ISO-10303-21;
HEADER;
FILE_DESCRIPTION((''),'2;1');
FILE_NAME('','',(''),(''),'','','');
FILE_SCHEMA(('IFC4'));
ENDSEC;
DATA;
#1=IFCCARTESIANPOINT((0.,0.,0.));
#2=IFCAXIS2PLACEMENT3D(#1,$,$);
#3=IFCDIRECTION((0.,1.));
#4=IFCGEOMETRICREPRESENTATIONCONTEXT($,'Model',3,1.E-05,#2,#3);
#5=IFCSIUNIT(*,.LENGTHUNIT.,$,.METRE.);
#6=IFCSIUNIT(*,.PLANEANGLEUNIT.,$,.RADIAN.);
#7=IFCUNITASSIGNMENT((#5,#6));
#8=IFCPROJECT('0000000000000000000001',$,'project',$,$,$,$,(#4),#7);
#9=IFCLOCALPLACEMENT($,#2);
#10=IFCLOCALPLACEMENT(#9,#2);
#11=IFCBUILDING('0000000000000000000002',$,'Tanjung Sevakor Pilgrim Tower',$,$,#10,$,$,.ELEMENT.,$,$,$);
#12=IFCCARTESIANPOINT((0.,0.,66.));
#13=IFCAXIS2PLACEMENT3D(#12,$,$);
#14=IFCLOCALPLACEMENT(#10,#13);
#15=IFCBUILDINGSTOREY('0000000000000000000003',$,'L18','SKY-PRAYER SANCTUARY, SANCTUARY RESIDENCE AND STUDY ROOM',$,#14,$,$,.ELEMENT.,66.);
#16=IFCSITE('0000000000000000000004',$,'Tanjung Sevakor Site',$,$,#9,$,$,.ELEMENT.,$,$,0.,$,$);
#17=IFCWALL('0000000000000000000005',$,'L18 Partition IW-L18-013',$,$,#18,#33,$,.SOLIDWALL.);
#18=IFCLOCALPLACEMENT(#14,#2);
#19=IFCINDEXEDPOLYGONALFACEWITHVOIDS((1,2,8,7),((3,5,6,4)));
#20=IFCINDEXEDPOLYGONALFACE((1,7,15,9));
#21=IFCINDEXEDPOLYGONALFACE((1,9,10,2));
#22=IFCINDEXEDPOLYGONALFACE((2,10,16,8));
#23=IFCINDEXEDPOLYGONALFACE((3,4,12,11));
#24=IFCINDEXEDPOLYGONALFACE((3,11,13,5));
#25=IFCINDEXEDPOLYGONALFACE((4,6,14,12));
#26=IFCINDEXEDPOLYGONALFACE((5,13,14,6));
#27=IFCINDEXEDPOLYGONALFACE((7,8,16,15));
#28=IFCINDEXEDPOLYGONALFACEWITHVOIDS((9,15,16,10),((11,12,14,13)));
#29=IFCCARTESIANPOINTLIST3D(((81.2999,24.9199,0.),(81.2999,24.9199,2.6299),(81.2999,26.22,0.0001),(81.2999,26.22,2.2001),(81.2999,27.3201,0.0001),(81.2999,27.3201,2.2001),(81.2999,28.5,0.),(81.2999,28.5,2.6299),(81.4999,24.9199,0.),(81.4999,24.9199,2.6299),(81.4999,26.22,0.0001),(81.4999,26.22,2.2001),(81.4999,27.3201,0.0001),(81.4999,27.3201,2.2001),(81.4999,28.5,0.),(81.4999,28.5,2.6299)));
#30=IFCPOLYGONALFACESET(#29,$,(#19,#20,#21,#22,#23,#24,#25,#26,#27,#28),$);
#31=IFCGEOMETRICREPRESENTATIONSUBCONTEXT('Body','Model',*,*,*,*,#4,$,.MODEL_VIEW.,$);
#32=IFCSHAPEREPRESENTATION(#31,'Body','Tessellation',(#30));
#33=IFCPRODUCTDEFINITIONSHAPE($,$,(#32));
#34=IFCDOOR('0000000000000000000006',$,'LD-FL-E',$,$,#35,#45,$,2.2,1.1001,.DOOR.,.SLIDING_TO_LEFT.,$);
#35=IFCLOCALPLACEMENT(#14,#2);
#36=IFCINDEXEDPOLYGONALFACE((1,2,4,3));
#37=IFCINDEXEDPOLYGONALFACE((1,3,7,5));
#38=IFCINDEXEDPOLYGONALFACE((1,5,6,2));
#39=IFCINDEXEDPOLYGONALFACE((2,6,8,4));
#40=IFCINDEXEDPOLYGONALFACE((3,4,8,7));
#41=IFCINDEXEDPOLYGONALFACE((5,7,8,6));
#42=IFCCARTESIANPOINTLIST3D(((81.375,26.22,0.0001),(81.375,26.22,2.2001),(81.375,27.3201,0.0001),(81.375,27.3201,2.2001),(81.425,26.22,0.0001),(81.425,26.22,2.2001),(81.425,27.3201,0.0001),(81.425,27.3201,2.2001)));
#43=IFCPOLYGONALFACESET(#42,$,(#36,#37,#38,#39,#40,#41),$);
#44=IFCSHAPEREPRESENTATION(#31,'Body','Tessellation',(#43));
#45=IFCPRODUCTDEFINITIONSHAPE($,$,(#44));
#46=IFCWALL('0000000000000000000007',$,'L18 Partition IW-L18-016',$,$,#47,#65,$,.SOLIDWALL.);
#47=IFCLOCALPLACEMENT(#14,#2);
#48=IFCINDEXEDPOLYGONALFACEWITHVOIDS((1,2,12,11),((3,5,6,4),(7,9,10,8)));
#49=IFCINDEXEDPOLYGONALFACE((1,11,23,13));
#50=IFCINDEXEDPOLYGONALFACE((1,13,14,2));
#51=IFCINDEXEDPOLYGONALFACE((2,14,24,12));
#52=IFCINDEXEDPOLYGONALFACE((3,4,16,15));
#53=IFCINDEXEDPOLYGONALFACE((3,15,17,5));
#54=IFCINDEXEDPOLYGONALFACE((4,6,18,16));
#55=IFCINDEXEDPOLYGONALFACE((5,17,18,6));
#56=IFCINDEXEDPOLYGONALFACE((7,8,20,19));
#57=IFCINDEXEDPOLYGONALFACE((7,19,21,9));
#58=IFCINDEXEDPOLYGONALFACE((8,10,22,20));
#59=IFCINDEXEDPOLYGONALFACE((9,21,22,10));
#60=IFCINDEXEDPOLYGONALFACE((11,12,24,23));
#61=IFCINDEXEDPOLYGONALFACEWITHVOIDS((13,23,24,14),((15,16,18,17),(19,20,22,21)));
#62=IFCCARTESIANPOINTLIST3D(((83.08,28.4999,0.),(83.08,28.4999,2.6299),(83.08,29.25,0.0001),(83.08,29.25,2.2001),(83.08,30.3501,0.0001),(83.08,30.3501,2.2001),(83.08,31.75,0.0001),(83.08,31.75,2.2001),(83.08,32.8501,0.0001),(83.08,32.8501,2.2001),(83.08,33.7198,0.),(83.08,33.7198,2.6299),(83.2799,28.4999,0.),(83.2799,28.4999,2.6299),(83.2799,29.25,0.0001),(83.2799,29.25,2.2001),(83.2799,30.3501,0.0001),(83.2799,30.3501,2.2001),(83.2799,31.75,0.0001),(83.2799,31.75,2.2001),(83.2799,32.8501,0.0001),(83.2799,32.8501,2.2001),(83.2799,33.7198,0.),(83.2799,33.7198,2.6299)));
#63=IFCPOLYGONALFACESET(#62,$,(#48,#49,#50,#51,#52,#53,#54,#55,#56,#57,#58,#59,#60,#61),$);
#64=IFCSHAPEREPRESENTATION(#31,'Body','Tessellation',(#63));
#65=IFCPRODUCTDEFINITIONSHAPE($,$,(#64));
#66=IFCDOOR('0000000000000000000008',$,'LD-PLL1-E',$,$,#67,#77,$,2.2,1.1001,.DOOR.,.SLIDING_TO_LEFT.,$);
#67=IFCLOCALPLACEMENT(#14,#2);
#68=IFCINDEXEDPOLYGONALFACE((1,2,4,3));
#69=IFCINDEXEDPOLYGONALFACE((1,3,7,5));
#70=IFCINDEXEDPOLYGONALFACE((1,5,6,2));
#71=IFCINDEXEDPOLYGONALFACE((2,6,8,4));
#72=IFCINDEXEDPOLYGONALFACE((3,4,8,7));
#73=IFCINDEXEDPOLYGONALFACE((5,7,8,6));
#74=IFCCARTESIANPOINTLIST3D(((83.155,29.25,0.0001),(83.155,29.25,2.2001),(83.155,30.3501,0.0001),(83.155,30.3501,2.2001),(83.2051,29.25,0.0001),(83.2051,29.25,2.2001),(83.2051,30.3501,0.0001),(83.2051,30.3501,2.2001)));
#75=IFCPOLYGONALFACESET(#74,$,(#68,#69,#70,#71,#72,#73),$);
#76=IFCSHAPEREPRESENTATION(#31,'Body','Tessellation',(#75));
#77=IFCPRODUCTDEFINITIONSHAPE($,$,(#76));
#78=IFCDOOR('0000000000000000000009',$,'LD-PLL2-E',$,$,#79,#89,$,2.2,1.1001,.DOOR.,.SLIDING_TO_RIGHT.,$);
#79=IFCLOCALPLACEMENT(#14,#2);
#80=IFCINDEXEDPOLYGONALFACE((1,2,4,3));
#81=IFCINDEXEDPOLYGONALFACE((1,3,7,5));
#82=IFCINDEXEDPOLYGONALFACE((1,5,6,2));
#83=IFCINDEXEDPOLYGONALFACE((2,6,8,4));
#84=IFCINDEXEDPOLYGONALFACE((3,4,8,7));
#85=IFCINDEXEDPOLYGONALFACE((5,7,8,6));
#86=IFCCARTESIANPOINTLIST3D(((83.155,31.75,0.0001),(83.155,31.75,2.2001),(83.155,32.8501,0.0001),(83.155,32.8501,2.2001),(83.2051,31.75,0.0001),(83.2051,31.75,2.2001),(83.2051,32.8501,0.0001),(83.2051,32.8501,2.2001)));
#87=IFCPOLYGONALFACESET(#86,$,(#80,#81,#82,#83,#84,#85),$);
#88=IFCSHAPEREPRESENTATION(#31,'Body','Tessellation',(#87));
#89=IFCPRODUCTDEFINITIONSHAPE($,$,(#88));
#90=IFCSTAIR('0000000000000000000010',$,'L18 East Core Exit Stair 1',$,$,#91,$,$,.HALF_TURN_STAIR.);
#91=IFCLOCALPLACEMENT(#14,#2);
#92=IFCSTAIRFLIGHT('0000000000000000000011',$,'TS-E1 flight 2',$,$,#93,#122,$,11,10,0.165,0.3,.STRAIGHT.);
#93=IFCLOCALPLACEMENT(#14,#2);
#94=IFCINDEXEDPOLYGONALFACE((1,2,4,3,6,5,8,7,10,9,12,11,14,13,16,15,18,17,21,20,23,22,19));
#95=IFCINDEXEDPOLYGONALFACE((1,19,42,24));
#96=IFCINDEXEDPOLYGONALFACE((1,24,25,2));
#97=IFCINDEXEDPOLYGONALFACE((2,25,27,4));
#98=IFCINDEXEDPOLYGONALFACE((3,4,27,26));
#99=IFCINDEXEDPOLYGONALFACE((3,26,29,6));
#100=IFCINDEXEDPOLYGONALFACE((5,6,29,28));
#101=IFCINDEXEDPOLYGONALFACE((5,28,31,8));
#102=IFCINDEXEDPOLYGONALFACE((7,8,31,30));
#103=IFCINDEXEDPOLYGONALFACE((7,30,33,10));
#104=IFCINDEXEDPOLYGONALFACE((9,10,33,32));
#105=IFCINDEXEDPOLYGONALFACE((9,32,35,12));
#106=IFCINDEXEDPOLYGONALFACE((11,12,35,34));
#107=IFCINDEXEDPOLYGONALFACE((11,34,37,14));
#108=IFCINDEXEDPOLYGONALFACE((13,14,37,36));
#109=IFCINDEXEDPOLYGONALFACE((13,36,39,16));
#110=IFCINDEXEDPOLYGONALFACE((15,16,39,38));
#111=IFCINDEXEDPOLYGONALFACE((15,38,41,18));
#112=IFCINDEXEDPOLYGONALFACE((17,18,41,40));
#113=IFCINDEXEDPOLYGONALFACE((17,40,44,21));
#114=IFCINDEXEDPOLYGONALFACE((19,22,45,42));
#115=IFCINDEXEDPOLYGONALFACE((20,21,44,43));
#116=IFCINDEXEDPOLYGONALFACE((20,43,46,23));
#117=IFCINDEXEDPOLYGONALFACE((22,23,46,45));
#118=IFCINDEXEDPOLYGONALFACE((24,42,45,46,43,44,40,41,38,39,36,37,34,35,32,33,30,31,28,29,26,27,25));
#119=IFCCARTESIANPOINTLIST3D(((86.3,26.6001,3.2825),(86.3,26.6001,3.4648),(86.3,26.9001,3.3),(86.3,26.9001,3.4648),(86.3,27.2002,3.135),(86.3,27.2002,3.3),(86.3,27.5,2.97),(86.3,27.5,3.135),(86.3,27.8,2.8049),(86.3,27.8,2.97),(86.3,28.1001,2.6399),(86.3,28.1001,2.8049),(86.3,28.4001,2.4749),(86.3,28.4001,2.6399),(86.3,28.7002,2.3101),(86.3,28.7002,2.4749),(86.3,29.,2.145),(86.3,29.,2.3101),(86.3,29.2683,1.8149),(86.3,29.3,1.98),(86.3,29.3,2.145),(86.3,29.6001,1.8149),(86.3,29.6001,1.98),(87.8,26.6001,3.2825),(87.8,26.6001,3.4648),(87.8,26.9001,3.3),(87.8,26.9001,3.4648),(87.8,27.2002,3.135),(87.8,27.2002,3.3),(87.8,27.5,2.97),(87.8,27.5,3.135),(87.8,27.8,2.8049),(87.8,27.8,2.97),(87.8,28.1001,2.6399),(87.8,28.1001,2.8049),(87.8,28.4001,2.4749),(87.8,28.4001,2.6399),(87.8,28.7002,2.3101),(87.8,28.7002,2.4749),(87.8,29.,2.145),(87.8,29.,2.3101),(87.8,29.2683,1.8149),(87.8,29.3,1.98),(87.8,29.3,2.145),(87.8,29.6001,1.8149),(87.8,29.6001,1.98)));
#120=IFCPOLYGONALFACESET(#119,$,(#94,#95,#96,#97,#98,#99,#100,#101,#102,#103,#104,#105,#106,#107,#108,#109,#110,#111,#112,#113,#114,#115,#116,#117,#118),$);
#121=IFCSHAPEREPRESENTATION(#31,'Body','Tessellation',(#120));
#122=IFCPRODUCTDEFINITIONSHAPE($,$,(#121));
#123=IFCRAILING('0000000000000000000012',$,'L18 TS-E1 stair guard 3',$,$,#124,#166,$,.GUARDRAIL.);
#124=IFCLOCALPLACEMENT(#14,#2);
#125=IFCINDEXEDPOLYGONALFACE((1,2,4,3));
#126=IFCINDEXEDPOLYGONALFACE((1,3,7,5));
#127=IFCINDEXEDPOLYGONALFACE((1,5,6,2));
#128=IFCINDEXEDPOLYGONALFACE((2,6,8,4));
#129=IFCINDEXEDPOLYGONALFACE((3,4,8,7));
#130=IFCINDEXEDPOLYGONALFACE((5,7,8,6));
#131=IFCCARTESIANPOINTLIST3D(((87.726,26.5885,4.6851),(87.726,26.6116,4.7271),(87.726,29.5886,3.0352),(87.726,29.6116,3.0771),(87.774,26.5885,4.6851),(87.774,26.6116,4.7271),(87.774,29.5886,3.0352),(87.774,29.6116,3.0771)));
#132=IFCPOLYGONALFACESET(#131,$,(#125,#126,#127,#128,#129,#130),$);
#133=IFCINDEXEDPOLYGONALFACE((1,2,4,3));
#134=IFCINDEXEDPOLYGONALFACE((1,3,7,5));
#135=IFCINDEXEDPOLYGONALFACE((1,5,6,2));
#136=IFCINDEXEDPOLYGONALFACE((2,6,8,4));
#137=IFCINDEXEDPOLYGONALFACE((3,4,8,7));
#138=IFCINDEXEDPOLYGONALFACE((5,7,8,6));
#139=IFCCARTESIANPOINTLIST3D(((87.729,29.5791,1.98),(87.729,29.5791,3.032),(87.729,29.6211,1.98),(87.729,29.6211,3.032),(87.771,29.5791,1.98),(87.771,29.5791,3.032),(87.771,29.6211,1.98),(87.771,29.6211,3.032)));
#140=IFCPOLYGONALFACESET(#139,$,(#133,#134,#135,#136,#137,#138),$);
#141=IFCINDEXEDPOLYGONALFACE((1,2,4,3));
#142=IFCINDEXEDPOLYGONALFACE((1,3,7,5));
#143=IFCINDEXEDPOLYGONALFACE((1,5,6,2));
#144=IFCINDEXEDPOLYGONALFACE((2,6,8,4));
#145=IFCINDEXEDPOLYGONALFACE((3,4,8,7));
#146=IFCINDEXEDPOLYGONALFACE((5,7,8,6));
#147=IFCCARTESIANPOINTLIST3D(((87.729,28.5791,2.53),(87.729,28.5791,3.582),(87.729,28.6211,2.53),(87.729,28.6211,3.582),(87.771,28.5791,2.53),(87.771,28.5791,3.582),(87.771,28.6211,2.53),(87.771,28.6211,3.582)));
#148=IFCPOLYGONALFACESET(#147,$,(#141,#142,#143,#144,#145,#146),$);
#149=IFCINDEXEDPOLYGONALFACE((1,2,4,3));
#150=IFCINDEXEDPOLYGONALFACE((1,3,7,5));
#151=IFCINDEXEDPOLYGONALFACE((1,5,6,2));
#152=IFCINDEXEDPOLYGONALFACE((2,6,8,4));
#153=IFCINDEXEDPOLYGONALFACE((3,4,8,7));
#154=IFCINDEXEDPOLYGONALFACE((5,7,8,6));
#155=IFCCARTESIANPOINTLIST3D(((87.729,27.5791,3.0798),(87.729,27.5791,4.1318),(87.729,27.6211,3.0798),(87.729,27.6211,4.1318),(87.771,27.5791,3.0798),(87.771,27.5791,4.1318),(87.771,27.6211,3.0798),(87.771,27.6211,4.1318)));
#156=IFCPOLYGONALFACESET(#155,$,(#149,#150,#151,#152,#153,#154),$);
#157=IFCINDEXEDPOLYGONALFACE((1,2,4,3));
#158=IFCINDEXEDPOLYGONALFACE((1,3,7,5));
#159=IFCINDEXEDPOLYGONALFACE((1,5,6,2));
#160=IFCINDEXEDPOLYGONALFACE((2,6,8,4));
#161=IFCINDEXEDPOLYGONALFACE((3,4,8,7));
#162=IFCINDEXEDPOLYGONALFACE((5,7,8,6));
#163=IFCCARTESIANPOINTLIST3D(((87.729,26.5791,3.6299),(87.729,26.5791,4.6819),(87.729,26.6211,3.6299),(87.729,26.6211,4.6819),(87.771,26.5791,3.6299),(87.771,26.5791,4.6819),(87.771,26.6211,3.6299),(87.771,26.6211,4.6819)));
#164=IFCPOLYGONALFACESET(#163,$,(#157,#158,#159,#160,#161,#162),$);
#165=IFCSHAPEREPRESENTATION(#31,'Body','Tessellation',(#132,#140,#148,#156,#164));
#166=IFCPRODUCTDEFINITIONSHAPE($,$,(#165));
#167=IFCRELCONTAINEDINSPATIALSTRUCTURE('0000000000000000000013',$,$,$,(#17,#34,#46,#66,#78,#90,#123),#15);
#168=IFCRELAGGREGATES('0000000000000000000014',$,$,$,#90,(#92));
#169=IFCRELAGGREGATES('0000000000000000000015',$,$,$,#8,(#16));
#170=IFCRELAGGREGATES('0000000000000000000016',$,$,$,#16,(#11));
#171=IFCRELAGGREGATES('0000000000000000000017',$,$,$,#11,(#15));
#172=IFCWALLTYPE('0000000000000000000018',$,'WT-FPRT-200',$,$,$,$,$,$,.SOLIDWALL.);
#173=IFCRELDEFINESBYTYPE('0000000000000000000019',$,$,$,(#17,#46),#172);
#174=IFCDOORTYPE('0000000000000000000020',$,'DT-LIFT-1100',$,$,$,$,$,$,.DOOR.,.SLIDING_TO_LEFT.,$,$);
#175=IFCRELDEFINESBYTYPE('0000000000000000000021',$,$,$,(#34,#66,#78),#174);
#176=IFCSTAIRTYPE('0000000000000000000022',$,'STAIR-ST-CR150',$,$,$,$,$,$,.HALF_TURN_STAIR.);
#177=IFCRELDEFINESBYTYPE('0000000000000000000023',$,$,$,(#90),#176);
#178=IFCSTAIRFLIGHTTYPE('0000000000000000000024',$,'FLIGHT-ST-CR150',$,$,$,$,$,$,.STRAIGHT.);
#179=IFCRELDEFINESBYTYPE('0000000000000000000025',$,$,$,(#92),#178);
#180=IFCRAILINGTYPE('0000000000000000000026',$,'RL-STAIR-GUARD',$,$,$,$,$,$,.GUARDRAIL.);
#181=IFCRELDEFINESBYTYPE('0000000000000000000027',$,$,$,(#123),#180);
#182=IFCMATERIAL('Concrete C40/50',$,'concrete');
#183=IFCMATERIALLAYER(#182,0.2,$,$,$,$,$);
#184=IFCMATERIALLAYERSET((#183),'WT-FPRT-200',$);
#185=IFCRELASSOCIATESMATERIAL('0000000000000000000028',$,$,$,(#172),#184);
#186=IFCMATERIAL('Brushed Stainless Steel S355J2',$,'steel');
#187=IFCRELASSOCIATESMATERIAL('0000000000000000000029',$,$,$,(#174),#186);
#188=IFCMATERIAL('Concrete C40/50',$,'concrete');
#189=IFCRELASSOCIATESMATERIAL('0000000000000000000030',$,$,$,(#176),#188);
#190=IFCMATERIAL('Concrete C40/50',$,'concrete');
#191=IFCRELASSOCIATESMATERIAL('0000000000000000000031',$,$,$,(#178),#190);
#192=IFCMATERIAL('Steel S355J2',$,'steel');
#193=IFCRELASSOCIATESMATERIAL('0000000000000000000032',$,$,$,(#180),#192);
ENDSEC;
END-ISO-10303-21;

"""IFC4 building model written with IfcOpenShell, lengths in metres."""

from ifc_helpers import new_model, si_unit, direction, frame, frame_2d, origin, place, context, subcontext, project, spatial, polyline, rectangle, outline, extrude, material, layer, layer_set, type_object, element, fill, aggregate, save


model = new_model("IFC4")

# Units and contexts
model_context = context("Model", 3, precision=1e-05, world=origin(), true_north=direction((0.0, 1.0)))
body_context = subcontext(model_context, "Body", "Model", "MODEL_VIEW")
ifc_project = project(units=[si_unit("LENGTHUNIT", "METRE"), si_unit("PLANEANGLEUNIT", "RADIAN")], contexts=[model_context])

# Site, building, storey
site_placement = place(None, origin())
site = spatial("IfcSite", under=ifc_project, at=site_placement, Name="Tanjung Sevakor Site", CompositionType="ELEMENT", RefElevation=0.0)
building_placement = place(site_placement, origin())
building = spatial("IfcBuilding", under=site, at=building_placement, Name="Tanjung Sevakor Pilgrim Tower", CompositionType="ELEMENT")
storey_placement = place(building_placement, frame((0.0, 0.0, 66.0)))
storey = spatial("IfcBuildingStorey", under=building, at=storey_placement, Name="L18", Description="SKY-PRAYER SANCTUARY, SANCTUARY RESIDENCE AND STUDY ROOM", CompositionType="ELEMENT", Elevation=66.0)

# Wall, opening, door
ifc_material_1 = material(Name="Concrete C40/50", Category="concrete")
ifc_layer_1 = layer(ifc_material_1, 0.2)
ifc_layer_set_1 = layer_set([ifc_layer_1], Name="WT-FPRT-200")
wall_type_1 = type_object("IfcWallType", Name="WT-FPRT-200", PredefinedType="SOLIDWALL", material=ifc_layer_set_1)
wall_1_placement = place(storey_placement, frame((81.3999, 24.9199, 0.0), z_axis=(0.0, 0.0, 1.0), x_axis=(0.0, 1.0, 0.0)))
wall_1 = element("IfcWall", 1, at=wall_1_placement, inside=storey, type_object=wall_type_1, Name="L18 Partition IW-L18-013", PredefinedType="SOLIDWALL", context=body_context, shape_type="SweptSolid", body=[
    extrude(rectangle(XDim=3.5801, YDim=0.2, at=frame_2d((1.79, 0.0))), origin(), (0.0, 0.0, 1.0), 2.6299),
])
opening_1_placement = place(wall_1_placement, frame((1.3, 0.0, 0.0)))
opening_1 = element("IfcOpeningElement", 2, at=opening_1_placement, cuts=wall_1, PredefinedType="OPENING", context=body_context, shape_type="SweptSolid", body=[
    extrude(rectangle(XDim=1.1001, YDim=2.2, at=frame_2d((0.55, 1.1001))), frame((0.0, 0.1099, 0.0), z_axis=(0.0, -1.0, 0.0), x_axis=(1.0, 0.0, 0.0)), (0.0, 0.0, 1.0), 0.22),
])
ifc_material_2 = material(Name="Brushed Stainless Steel S355J2", Category="steel")
door_type_1 = type_object("IfcDoorType", Name="DT-LIFT-1100", OperationType="SLIDING_TO_LEFT", PredefinedType="DOOR", material=ifc_material_2)
door_1_placement = place(opening_1_placement, origin())
door_1 = element("IfcDoor", 3, at=door_1_placement, inside=storey, type_object=door_type_1, Name="LD-FL-E", OperationType="SLIDING_TO_LEFT", OverallHeight=2.2, OverallWidth=1.1001, PredefinedType="DOOR", context=body_context, shape_type="SweptSolid", body=[
    extrude(rectangle(XDim=1.1001, YDim=2.2, at=frame_2d((0.55, 1.1001))), frame((0.0, 0.0249, 0.0), z_axis=(0.0, -1.0, 0.0), x_axis=(1.0, 0.0, 0.0)), (0.0, 0.0, 1.0), 0.05),
])
fill(opening_1, door_1)

# Wall, openings, doors
wall_2_placement = place(storey_placement, frame((83.1799, 28.5, 0.0), z_axis=(0.0, 0.0, 1.0), x_axis=(0.0, 1.0, 0.0)))
wall_2 = element("IfcWall", 4, at=wall_2_placement, inside=storey, type_object=wall_type_1, Name="L18 Partition IW-L18-016", PredefinedType="SOLIDWALL", context=body_context, shape_type="SweptSolid", body=[
    extrude(rectangle(XDim=5.22, YDim=0.2, at=frame_2d((2.6099, 0.0))), origin(), (0.0, 0.0, 1.0), 2.6299),
])
opening_2_placement = place(wall_2_placement, frame((0.75, 0.0, 0.0)))
opening_2 = element("IfcOpeningElement", 5, at=opening_2_placement, cuts=wall_2, PredefinedType="OPENING", context=body_context, shape_type="SweptSolid", body=[
    extrude(rectangle(XDim=1.1001, YDim=2.2, at=frame_2d((0.55, 1.1001))), frame((0.0, 0.1099, 0.0), z_axis=(0.0, -1.0, 0.0), x_axis=(1.0, 0.0, 0.0)), (0.0, 0.0, 1.0), 0.22),
])
opening_3_placement = place(wall_2_placement, frame((3.25, 0.0, 0.0)))
opening_3 = element("IfcOpeningElement", 6, at=opening_3_placement, cuts=wall_2, PredefinedType="OPENING", context=body_context, shape_type="SweptSolid", body=[
    extrude(rectangle(XDim=1.1001, YDim=2.2, at=frame_2d((0.55, 1.1001))), frame((0.0, 0.1099, 0.0), z_axis=(0.0, -1.0, 0.0), x_axis=(1.0, 0.0, 0.0)), (0.0, 0.0, 1.0), 0.22),
])
door_2_placement = place(opening_2_placement, origin())
door_2 = element("IfcDoor", 7, at=door_2_placement, inside=storey, type_object=door_type_1, Name="LD-PLL1-E", OperationType="SLIDING_TO_LEFT", OverallHeight=2.2, OverallWidth=1.1001, PredefinedType="DOOR", context=body_context, shape_type="SweptSolid", body=[
    extrude(rectangle(XDim=1.1001, YDim=2.2, at=frame_2d((0.55, 1.1001))), frame((0.0, 0.0249, 0.0), z_axis=(0.0, -1.0, 0.0), x_axis=(1.0, 0.0, 0.0)), (0.0, 0.0, 1.0), 0.05),
])
fill(opening_2, door_2)
door_3_placement = place(opening_3_placement, origin())
door_3 = element("IfcDoor", 8, at=door_3_placement, inside=storey, type_object=door_type_1, Name="LD-PLL2-E", OperationType="SLIDING_TO_RIGHT", OverallHeight=2.2, OverallWidth=1.1001, PredefinedType="DOOR", context=body_context, shape_type="SweptSolid", body=[
    extrude(rectangle(XDim=1.1001, YDim=2.2, at=frame_2d((0.55, 1.1001))), frame((0.0, 0.0249, 0.0), z_axis=(0.0, -1.0, 0.0), x_axis=(1.0, 0.0, 0.0)), (0.0, 0.0, 1.0), 0.05),
])
fill(opening_3, door_3)

# Stair, stair flight
ifc_material_3 = material(Name="Concrete C40/50", Category="concrete")
stair_type = type_object("IfcStairType", Name="STAIR-ST-CR150", PredefinedType="HALF_TURN_STAIR", material=ifc_material_3)
stair_placement = place(storey_placement, origin())
stair = element("IfcStair", 9, at=stair_placement, inside=storey, type_object=stair_type, Name="L18 East Core Exit Stair 1", PredefinedType="HALF_TURN_STAIR")
ifc_material_4 = material(Name="Concrete C40/50", Category="concrete")
stair_flight_type = type_object("IfcStairFlightType", Name="FLIGHT-ST-CR150", PredefinedType="STRAIGHT", material=ifc_material_4)
stair_flight_placement = place(storey_placement, frame((87.05, 29.6001, 1.8149), z_axis=(0.0, 0.0, 1.0), x_axis=(0.0, -1.0, 0.0)))
stair_flight = element("IfcStairFlight", 10, at=stair_flight_placement, type_object=stair_flight_type, Name="TS-E1 flight 2", NumberOfRisers=11, NumberOfTreads=10, PredefinedType="STRAIGHT", RiserHeight=0.165, TreadLength=0.3, context=body_context, shape_type="SweptSolid", body=[
    extrude(outline(polyline([(0.0, 0.0), (0.0, 0.165), (0.3, 0.165), (0.3, 0.3301), (0.6001, 0.3301), (0.6001, 0.4951), (0.8999, 0.4951), (0.8999, 0.6599), (1.2, 0.6599), (1.2, 0.825), (1.5, 0.825), (1.5, 0.99), (1.8, 0.99), (1.8, 1.155), (2.1001, 1.155), (2.1001, 1.3201), (2.3999, 1.3201), (2.3999, 1.4851), (2.7, 1.4851), (2.7, 1.6499), (3.0, 1.6499), (3.0, 1.8149), (3.0, 1.4675), (0.3318, 0.0), (0.0, 0.0)])), frame((0.0, 0.75, 0.0), z_axis=(0.0, -1.0, 0.0), x_axis=(1.0, 0.0, 0.0)), (0.0, 0.0, 1.0), 1.5),
])
aggregate(stair, [stair_flight])

# Railing
ifc_material_5 = material(Name="Steel S355J2", Category="steel")
railing_type_1 = type_object("IfcRailingType", Name="RL-STAIR-GUARD", PredefinedType="GUARDRAIL", material=ifc_material_5)
railing_1_placement = place(storey_placement, frame((87.75, 29.6001, 1.98)))
element("IfcRailing", 11, at=railing_1_placement, inside=storey, type_object=railing_type_1, Name="L18 TS-E1 stair guard 3", PredefinedType="GUARDRAIL", context=body_context, shape_type="SweptSolid", body=[
    extrude(rectangle(XDim=0.0479, YDim=0.0479), frame((0.0, 0.0, 1.0762), z_axis=(0.0, -0.876228, 0.481897), x_axis=(1.0, 0.0, 0.0)), (0.0, 0.0, 1.0), 3.4238),
    extrude(rectangle(XDim=0.042, YDim=0.042), origin(), (0.0, 0.0, 1.0), 1.052),
    extrude(rectangle(XDim=0.042, YDim=0.042), frame((0.0, -1.0, 0.55)), (0.0, 0.0, 1.0), 1.052),
    extrude(rectangle(XDim=0.042, YDim=0.042), frame((0.0, -2.0, 1.0999)), (0.0, 0.0, 1.0), 1.052),
    extrude(rectangle(XDim=0.042, YDim=0.042), frame((0.0, -3.0, 1.6499)), (0.0, 0.0, 1.0), 1.052),
])

save(model, "model.ifc")
